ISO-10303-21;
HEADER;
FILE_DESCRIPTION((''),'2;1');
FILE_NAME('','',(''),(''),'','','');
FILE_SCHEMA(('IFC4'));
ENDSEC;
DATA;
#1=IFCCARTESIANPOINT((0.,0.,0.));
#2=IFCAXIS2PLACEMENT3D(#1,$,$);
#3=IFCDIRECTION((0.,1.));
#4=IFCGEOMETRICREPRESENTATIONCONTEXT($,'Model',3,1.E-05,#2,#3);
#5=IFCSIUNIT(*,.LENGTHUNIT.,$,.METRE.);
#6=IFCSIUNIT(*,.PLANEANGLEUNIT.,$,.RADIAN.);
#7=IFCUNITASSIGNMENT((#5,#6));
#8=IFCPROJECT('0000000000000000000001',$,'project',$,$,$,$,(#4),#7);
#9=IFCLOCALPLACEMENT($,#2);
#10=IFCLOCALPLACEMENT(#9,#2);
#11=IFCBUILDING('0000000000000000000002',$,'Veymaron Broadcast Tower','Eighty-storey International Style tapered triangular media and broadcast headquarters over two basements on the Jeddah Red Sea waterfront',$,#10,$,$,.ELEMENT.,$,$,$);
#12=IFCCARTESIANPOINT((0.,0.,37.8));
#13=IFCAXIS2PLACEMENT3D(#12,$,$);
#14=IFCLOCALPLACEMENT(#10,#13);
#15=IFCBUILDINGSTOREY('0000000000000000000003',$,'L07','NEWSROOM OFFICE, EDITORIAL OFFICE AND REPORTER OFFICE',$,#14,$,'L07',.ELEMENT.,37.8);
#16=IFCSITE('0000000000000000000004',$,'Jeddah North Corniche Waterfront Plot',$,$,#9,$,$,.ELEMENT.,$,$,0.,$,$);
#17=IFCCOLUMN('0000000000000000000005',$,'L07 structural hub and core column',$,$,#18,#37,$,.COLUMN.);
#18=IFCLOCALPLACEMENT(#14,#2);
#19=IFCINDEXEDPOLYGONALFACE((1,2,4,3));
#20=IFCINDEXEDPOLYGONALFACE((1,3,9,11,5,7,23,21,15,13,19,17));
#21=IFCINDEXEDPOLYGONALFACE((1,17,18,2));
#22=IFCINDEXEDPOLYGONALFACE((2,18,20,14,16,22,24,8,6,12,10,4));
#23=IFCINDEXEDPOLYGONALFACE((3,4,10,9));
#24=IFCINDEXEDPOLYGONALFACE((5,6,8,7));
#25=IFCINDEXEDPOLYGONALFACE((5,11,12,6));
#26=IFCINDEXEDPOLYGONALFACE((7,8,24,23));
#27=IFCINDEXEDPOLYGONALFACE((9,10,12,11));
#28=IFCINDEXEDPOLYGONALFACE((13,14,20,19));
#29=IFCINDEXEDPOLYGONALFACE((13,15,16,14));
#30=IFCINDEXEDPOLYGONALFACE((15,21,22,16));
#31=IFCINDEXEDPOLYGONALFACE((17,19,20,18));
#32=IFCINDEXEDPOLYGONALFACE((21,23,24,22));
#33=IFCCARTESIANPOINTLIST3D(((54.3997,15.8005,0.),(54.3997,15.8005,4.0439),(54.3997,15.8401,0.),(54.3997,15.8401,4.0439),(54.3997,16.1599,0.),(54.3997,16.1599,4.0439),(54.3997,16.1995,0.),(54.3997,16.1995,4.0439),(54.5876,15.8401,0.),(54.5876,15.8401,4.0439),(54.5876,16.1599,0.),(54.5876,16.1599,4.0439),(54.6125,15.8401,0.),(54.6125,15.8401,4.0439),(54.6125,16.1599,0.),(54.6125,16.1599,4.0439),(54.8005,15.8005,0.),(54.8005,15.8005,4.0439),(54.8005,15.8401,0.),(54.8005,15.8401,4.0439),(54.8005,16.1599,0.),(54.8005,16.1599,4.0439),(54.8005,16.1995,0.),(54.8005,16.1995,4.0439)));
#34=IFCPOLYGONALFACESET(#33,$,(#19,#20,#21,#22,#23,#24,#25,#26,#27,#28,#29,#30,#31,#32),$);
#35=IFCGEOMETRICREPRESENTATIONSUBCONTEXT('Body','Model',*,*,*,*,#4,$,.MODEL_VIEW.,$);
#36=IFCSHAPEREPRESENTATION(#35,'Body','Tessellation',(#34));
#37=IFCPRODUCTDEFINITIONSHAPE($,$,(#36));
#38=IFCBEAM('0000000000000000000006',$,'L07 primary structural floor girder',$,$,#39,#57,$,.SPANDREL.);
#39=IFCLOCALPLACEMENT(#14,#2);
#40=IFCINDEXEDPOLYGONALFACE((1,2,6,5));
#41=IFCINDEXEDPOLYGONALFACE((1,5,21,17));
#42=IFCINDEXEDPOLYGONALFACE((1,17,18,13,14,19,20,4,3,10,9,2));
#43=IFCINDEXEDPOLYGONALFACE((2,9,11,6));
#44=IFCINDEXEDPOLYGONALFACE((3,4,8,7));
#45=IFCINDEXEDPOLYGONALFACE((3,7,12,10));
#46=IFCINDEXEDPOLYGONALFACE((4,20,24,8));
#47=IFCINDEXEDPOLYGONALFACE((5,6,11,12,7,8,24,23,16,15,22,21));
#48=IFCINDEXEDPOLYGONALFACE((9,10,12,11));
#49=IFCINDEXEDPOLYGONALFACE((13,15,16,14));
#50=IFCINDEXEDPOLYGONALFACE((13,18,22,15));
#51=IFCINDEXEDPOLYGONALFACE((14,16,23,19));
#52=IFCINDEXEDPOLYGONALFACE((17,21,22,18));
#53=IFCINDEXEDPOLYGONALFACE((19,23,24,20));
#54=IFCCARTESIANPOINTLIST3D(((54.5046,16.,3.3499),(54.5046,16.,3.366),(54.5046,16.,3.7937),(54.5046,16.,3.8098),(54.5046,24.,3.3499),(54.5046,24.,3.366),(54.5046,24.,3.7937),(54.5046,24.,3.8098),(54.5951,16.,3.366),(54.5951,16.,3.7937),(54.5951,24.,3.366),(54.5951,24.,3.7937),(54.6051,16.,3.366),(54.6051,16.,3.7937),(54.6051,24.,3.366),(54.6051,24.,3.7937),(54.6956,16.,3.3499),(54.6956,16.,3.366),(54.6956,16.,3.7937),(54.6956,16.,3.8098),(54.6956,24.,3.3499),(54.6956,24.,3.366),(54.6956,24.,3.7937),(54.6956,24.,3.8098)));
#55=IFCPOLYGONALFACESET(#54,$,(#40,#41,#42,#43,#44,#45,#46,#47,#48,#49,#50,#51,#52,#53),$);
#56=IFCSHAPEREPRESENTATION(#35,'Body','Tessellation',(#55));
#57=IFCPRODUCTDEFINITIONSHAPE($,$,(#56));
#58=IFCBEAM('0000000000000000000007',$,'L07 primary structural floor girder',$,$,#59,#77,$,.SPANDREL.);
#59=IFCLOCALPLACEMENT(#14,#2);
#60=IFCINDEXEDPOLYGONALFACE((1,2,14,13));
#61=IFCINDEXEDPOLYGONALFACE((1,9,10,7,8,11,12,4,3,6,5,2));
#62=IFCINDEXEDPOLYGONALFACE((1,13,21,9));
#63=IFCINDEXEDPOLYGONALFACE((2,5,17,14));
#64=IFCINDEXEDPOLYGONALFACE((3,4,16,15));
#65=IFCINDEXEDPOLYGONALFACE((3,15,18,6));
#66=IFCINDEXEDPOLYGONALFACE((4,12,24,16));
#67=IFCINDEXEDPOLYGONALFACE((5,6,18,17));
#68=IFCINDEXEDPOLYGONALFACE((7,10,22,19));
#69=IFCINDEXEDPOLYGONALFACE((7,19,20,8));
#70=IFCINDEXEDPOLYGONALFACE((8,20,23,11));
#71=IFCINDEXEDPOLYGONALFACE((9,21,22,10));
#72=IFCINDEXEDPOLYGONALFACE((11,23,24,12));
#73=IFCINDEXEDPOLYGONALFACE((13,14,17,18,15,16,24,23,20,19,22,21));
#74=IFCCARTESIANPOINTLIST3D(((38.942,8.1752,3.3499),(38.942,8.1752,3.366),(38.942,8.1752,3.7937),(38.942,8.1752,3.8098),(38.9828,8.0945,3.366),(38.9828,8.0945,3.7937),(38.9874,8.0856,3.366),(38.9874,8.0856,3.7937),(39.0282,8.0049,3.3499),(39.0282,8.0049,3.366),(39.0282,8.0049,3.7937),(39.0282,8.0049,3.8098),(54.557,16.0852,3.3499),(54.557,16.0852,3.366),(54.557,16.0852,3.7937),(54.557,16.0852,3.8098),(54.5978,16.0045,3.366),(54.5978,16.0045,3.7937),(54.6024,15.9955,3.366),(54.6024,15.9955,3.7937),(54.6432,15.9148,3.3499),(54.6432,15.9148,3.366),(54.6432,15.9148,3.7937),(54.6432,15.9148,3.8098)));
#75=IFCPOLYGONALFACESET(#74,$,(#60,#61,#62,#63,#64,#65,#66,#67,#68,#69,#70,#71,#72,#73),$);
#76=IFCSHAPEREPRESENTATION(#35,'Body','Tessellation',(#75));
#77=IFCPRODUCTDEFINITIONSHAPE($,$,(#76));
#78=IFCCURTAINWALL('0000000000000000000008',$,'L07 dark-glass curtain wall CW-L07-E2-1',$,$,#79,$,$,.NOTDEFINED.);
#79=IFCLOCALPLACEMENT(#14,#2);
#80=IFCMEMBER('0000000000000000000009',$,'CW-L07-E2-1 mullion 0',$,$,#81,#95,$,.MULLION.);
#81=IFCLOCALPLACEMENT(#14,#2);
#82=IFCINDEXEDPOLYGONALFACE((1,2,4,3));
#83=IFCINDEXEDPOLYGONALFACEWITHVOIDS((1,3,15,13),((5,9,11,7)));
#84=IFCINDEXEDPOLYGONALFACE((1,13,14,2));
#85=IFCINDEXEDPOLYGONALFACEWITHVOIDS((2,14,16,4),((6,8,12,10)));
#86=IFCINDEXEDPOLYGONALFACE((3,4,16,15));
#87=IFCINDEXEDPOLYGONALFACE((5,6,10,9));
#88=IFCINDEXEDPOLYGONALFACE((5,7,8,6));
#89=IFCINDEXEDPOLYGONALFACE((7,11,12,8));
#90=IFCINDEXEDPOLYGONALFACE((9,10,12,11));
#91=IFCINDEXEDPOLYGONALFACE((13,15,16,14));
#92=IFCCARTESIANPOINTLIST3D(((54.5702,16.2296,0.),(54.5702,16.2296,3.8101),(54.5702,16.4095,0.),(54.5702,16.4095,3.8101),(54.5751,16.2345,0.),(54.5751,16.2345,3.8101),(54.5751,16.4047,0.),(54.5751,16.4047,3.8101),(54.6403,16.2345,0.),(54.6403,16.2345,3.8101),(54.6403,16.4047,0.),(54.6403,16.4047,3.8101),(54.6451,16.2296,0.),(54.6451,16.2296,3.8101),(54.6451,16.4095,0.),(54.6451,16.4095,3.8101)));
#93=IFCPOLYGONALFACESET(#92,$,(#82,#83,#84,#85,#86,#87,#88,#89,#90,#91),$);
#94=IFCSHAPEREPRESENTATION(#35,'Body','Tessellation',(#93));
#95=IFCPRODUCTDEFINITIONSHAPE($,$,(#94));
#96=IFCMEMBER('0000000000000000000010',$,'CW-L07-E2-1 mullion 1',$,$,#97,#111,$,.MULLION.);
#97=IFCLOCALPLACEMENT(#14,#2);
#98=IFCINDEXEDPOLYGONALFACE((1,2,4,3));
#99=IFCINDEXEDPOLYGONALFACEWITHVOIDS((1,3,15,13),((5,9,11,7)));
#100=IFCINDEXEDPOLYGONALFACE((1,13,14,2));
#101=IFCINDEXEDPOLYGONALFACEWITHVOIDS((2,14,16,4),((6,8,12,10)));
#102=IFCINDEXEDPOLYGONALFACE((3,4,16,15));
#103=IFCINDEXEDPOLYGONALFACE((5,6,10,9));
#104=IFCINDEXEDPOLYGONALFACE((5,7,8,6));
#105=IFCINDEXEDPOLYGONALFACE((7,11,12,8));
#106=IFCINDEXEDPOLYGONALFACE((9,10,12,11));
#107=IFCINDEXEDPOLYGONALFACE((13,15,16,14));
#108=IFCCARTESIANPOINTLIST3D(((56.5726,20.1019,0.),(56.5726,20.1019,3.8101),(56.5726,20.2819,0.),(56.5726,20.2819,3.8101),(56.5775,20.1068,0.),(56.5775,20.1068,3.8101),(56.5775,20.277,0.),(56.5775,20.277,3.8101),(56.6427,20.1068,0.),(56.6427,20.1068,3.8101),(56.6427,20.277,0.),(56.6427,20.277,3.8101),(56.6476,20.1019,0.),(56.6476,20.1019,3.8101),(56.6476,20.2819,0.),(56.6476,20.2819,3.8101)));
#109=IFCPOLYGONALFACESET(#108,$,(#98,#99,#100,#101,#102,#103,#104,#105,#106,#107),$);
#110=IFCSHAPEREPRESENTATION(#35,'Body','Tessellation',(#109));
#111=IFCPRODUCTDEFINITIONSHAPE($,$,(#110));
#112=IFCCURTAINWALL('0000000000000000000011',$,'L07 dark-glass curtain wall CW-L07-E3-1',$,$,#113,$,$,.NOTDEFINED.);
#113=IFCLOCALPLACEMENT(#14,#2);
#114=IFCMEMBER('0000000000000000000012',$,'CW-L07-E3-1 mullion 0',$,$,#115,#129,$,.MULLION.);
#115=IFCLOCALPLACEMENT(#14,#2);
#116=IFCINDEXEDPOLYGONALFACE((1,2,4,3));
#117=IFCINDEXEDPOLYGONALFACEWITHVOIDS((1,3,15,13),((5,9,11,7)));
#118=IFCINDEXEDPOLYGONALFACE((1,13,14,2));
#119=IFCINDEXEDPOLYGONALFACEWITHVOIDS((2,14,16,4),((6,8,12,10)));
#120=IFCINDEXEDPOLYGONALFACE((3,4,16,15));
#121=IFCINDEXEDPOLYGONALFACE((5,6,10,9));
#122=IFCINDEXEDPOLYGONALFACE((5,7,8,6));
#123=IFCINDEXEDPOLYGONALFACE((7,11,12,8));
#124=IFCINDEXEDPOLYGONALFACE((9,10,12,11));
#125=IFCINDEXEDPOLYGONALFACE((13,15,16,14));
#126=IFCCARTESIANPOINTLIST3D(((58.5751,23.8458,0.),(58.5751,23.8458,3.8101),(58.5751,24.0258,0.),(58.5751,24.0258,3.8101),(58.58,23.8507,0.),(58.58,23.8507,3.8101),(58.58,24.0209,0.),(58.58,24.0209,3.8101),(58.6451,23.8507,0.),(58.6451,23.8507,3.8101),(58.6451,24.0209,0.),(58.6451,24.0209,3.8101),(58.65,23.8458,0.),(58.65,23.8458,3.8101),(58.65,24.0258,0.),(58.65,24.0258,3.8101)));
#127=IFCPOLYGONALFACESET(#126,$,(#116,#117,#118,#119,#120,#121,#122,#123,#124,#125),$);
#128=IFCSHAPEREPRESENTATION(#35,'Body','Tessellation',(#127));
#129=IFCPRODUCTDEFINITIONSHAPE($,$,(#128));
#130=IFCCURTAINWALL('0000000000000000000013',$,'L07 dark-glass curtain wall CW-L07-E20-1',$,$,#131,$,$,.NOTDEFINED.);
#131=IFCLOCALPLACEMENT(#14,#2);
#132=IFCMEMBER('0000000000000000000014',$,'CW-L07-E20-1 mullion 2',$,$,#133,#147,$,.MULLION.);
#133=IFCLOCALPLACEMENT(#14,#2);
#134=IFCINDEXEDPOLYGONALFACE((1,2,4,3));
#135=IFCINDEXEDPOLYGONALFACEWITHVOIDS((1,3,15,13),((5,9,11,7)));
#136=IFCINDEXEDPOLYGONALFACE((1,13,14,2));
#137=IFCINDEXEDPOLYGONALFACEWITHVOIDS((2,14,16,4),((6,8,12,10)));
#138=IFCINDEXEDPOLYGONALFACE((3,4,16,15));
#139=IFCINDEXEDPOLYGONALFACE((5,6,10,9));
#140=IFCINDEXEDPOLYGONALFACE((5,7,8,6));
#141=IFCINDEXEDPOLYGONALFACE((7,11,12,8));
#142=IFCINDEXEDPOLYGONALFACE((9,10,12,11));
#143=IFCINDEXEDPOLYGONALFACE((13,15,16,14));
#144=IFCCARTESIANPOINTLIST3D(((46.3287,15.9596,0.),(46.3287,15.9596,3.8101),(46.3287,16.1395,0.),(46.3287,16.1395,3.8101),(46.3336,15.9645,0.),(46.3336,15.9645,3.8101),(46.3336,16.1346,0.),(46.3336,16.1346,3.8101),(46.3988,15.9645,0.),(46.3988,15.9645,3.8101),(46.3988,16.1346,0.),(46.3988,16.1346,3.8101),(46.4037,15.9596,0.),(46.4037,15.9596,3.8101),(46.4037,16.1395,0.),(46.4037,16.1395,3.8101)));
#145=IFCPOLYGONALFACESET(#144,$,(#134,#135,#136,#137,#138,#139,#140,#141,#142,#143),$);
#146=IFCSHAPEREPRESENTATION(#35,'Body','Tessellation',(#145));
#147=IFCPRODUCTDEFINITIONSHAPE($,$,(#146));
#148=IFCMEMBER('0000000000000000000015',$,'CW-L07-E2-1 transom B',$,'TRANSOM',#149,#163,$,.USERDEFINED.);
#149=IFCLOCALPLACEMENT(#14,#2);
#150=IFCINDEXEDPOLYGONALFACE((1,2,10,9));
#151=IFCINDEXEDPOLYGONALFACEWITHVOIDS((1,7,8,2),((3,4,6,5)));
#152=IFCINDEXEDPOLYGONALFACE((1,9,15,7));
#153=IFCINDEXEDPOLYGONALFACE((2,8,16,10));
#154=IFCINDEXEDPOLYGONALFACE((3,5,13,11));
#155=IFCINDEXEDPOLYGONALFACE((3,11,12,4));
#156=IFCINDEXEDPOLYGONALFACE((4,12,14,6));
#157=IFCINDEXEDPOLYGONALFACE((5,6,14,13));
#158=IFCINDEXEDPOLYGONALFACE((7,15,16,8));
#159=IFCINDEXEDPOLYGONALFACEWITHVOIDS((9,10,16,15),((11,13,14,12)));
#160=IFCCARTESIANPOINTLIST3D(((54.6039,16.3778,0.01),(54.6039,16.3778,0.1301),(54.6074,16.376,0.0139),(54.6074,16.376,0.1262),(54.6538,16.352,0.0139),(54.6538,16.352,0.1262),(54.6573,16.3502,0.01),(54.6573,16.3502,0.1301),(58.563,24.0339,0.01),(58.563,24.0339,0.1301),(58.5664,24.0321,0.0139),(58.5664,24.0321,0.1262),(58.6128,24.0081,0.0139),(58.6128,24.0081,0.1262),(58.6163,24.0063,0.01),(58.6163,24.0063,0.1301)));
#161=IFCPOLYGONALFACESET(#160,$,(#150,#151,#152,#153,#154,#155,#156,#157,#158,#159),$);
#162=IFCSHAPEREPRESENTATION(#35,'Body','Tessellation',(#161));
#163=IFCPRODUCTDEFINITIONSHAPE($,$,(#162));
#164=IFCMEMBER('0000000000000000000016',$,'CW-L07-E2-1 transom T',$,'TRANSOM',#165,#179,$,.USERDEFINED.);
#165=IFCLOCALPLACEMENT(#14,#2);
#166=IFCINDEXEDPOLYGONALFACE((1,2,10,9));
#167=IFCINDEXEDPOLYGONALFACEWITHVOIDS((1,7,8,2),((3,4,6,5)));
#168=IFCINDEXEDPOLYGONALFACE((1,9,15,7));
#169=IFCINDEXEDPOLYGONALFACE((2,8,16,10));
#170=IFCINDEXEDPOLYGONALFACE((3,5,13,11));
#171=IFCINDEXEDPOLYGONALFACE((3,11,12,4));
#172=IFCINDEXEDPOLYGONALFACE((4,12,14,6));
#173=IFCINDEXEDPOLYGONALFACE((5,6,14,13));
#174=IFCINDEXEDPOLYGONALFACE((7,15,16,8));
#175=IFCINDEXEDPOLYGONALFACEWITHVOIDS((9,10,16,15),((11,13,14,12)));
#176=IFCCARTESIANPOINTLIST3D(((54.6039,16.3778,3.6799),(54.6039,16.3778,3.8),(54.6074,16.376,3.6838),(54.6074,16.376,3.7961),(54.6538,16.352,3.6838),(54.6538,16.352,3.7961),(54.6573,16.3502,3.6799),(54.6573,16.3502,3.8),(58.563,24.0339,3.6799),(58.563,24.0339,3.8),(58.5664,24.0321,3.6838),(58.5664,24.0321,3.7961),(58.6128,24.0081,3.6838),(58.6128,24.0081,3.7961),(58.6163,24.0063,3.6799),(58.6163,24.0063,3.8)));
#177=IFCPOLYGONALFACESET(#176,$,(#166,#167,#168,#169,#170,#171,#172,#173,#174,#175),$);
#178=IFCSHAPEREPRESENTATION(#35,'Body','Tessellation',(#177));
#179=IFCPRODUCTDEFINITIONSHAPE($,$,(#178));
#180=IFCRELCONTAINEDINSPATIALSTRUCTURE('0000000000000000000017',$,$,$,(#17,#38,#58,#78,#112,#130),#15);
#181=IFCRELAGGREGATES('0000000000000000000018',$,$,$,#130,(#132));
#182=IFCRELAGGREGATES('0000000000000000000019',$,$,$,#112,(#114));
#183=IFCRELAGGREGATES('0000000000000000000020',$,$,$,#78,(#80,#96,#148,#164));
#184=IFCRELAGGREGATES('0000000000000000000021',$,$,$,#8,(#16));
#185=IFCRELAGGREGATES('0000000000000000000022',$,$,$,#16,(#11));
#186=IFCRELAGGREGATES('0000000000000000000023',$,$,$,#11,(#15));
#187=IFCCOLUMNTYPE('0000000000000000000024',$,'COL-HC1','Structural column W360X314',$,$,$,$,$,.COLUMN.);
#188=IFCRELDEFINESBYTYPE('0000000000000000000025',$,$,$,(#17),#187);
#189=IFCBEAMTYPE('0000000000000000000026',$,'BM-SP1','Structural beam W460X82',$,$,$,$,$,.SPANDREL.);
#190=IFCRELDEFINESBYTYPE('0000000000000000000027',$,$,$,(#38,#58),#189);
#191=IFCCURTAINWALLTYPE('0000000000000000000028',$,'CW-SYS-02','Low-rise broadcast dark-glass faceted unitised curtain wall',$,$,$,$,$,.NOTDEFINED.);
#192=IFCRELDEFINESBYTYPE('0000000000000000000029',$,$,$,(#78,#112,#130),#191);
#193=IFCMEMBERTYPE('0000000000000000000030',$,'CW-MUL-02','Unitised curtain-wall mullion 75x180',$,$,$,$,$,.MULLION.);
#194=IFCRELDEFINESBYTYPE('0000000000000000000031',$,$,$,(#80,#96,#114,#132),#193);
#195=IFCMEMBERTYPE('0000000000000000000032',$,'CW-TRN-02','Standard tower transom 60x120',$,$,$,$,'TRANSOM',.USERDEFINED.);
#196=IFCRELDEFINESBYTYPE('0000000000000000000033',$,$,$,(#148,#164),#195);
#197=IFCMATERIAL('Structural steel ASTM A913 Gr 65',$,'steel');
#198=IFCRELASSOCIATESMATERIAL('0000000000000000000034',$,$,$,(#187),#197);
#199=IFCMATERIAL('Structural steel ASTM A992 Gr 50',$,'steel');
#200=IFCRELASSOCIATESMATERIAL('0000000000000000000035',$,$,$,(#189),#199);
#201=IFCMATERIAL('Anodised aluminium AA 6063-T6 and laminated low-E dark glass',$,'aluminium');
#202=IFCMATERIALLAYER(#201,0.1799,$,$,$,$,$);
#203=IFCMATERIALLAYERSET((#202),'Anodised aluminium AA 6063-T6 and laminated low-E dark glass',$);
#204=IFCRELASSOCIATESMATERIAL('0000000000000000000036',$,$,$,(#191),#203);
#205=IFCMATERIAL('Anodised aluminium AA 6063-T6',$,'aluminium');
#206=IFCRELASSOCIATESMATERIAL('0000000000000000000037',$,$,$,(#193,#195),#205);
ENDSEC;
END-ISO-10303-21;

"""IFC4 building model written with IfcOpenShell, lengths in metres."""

from ifc_helpers import new_model, si_unit, direction, frame, origin, origin_2d, place, context, subcontext, project, spatial, hollow_rectangle, i_section, extrude, material, layer, layer_set, material_profile, profile_set, type_object, element, aggregate, save


model = new_model("IFC4")

# Units and contexts
model_context = context("Model", 3, precision=1e-05, world=origin(), true_north=direction((0.0, 1.0)))
body_context = subcontext(model_context, "Body", "Model", "MODEL_VIEW")
ifc_project = project(units=[si_unit("LENGTHUNIT", "METRE"), si_unit("PLANEANGLEUNIT", "RADIAN")], contexts=[model_context])

# Site, building, storey
site_placement = place(None, origin())
site = spatial("IfcSite", under=ifc_project, at=site_placement, Name="Jeddah North Corniche Waterfront Plot", CompositionType="ELEMENT", RefElevation=0.0)
building_placement = place(site_placement, origin())
building = spatial("IfcBuilding", under=site, at=building_placement, Name="Veymaron Broadcast Tower", Description="Eighty-storey International Style tapered triangular media and broadcast headquarters over two basements on the Jeddah Red Sea waterfront", CompositionType="ELEMENT")
storey_placement = place(building_placement, frame((0.0, 0.0, 37.8)))
storey = spatial("IfcBuildingStorey", under=building, at=storey_placement, Name="L07", Description="NEWSROOM OFFICE, EDITORIAL OFFICE AND REPORTER OFFICE", LongName="L07", CompositionType="ELEMENT", Elevation=37.8)

# Column
ifc_material_1 = material(Name="Structural steel ASTM A913 Gr 65", Category="steel")
ifc_material_profile_1 = material_profile(ifc_material_1, i_section(OverallWidth=0.4009, OverallDepth=0.3989, WebThickness=0.0249, FlangeThickness=0.0396, at=origin_2d()), Name="W360X314")
ifc_profile_set_1 = profile_set([ifc_material_profile_1], Name="Structural steel ASTM A913 Gr 65")
column_type = type_object("IfcColumnType", Name="COL-HC1", Description="Structural column W360X314", PredefinedType="COLUMN", material=ifc_profile_set_1)
column_placement = place(storey_placement, frame((54.6001, 16.0, 0.0), z_axis=(0.0, 0.0, 1.0), x_axis=(1.0, 0.0, 0.0)))
element("IfcColumn", 1, at=column_placement, inside=storey, type_object=column_type, Name="L07 structural hub and core column", PredefinedType="COLUMN", context=body_context, shape_type="SweptSolid", body=[
    extrude(i_section(OverallWidth=0.4009, OverallDepth=0.3989, WebThickness=0.0249, FlangeThickness=0.0396, at=origin_2d()), origin(), (0.0, 0.0, 1.0), 4.0439),
])

# Beams
ifc_material_2 = material(Name="Structural steel ASTM A992 Gr 50", Category="steel")
ifc_material_profile_2 = material_profile(ifc_material_2, i_section(OverallWidth=0.1909, OverallDepth=0.46, WebThickness=0.01, FlangeThickness=0.0161, at=origin_2d()), Name="W460X82")
ifc_profile_set_2 = profile_set([ifc_material_profile_2], Name="Structural steel ASTM A992 Gr 50")
beam_type = type_object("IfcBeamType", Name="BM-SP1", Description="Structural beam W460X82", PredefinedType="SPANDREL", material=ifc_profile_set_2)
beam_1_placement = place(storey_placement, frame((54.6001, 16.0, 3.5798), z_axis=(0.0, 1.0, 0.0), x_axis=(-1.0, 0.0, 0.0)))
element("IfcBeam", 2, at=beam_1_placement, inside=storey, type_object=beam_type, Name="L07 primary structural floor girder", PredefinedType="SPANDREL", context=body_context, shape_type="SweptSolid", body=[
    extrude(i_section(OverallWidth=0.1909, OverallDepth=0.46, WebThickness=0.01, FlangeThickness=0.0161, at=origin_2d()), origin(), (0.0, 0.0, 1.0), 8.0),
])
beam_2_placement = place(storey_placement, frame((54.6001, 16.0, 3.5798), z_axis=(-0.892075, -0.451888, 0.0), x_axis=(0.451888, -0.892075, 0.0)))
element("IfcBeam", 3, at=beam_2_placement, inside=storey, type_object=beam_type, Name="L07 primary structural floor girder", PredefinedType="SPANDREL", context=body_context, shape_type="SweptSolid", body=[
    extrude(i_section(OverallWidth=0.1909, OverallDepth=0.46, WebThickness=0.01, FlangeThickness=0.0161, at=origin_2d()), origin(), (0.0, 0.0, 1.0), 17.5042),
])

# Curtain wall, members
ifc_material_3 = material(Name="Anodised aluminium AA 6063-T6 and laminated low-E dark glass", Category="aluminium")
ifc_layer_1 = layer(ifc_material_3, 0.1799)
ifc_layer_set_1 = layer_set([ifc_layer_1], Name="Anodised aluminium AA 6063-T6 and laminated low-E dark glass")
curtain_wall_type = type_object("IfcCurtainWallType", Name="CW-SYS-02", Description="Low-rise broadcast dark-glass faceted unitised curtain wall", PredefinedType="NOTDEFINED", material=ifc_layer_set_1)
curtain_wall_1_placement = place(storey_placement, origin())
curtain_wall_1 = element("IfcCurtainWall", 4, at=curtain_wall_1_placement, inside=storey, type_object=curtain_wall_type, Name="L07 dark-glass curtain wall CW-L07-E2-1", PredefinedType="NOTDEFINED")
ifc_material_4 = material(Name="Anodised aluminium AA 6063-T6", Category="aluminium")
ifc_material_profile_3 = material_profile(ifc_material_4, hollow_rectangle(XDim=0.075, YDim=0.1799, WallThickness=0.0049, at=origin_2d()), Name="AL180X75X5")
ifc_profile_set_3 = profile_set([ifc_material_profile_3], Name="Anodised aluminium AA 6063-T6")
member_type_1 = type_object("IfcMemberType", Name="CW-MUL-02", Description="Unitised curtain-wall mullion 75x180", PredefinedType="MULLION", material=ifc_profile_set_3)
member_1_placement = place(storey_placement, frame((54.6077, 16.3196, 0.0), z_axis=(0.0, 0.0, 1.0), x_axis=(1.0, 0.0, 0.0)))
member_1 = element("IfcMember", 5, at=member_1_placement, type_object=member_type_1, Name="CW-L07-E2-1 mullion 0", PredefinedType="MULLION", context=body_context, shape_type="SweptSolid", body=[
    extrude(hollow_rectangle(XDim=0.075, YDim=0.1799, WallThickness=0.0049, at=origin_2d()), origin(), (0.0, 0.0, 1.0), 3.8101),
])
member_2_placement = place(storey_placement, frame((56.6101, 20.1919, 0.0), z_axis=(0.0, 0.0, 1.0), x_axis=(1.0, 0.0, 0.0)))
member_2 = element("IfcMember", 6, at=member_2_placement, type_object=member_type_1, Name="CW-L07-E2-1 mullion 1", PredefinedType="MULLION", context=body_context, shape_type="SweptSolid", body=[
    extrude(hollow_rectangle(XDim=0.075, YDim=0.1799, WallThickness=0.0049, at=origin_2d()), origin(), (0.0, 0.0, 1.0), 3.8101),
])

# Curtain walls, members
curtain_wall_2_placement = place(storey_placement, origin())
curtain_wall_2 = element("IfcCurtainWall", 7, at=curtain_wall_2_placement, inside=storey, type_object=curtain_wall_type, Name="L07 dark-glass curtain wall CW-L07-E3-1", PredefinedType="NOTDEFINED")
member_3_placement = place(storey_placement, frame((58.6125, 23.9358, 0.0), z_axis=(0.0, 0.0, 1.0), x_axis=(1.0, 0.0, 0.0)))
member_3 = element("IfcMember", 8, at=member_3_placement, type_object=member_type_1, Name="CW-L07-E3-1 mullion 0", PredefinedType="MULLION", context=body_context, shape_type="SweptSolid", body=[
    extrude(hollow_rectangle(XDim=0.075, YDim=0.1799, WallThickness=0.0049, at=origin_2d()), origin(), (0.0, 0.0, 1.0), 3.8101),
])
curtain_wall_3_placement = place(storey_placement, origin())
curtain_wall_3 = element("IfcCurtainWall", 9, at=curtain_wall_3_placement, inside=storey, type_object=curtain_wall_type, Name="L07 dark-glass curtain wall CW-L07-E20-1", PredefinedType="NOTDEFINED")
member_4_placement = place(storey_placement, frame((46.3662, 16.0496, 0.0), z_axis=(0.0, 0.0, 1.0), x_axis=(1.0, 0.0, 0.0)))
member_4 = element("IfcMember", 10, at=member_4_placement, type_object=member_type_1, Name="CW-L07-E20-1 mullion 2", PredefinedType="MULLION", context=body_context, shape_type="SweptSolid", body=[
    extrude(hollow_rectangle(XDim=0.075, YDim=0.1799, WallThickness=0.0049, at=origin_2d()), origin(), (0.0, 0.0, 1.0), 3.8101),
])
aggregate(curtain_wall_3, [member_4])

# Members
ifc_material_profile_4 = material_profile(ifc_material_4, hollow_rectangle(XDim=0.0601, YDim=0.1201, WallThickness=0.0039, at=origin_2d()), Name="AL120X60X4")
ifc_profile_set_4 = profile_set([ifc_material_profile_4], Name="Anodised aluminium AA 6063-T6")
member_type_2 = type_object("IfcMemberType", Name="CW-TRN-02", Description="Standard tower transom 60x120", ElementType="TRANSOM", PredefinedType="USERDEFINED", material=ifc_profile_set_4)
member_5_placement = place(storey_placement, frame((54.6306, 16.364, 0.0701), z_axis=(0.45933, 0.888266, 0.0), x_axis=(-0.888266, 0.45933, 0.0)))
member_5 = element("IfcMember", 11, at=member_5_placement, type_object=member_type_2, Name="CW-L07-E2-1 transom B", ObjectType="TRANSOM", PredefinedType="USERDEFINED", context=body_context, shape_type="SweptSolid", body=[
    extrude(hollow_rectangle(XDim=0.0601, YDim=0.1201, WallThickness=0.0039, at=origin_2d()), origin(), (0.0, 0.0, 1.0), 8.6191),
])
member_6_placement = place(storey_placement, frame((54.6306, 16.364, 3.74), z_axis=(0.45933, 0.888266, 0.0), x_axis=(-0.888266, 0.45933, 0.0)))
member_6 = element("IfcMember", 12, at=member_6_placement, type_object=member_type_2, Name="CW-L07-E2-1 transom T", ObjectType="TRANSOM", PredefinedType="USERDEFINED", context=body_context, shape_type="SweptSolid", body=[
    extrude(hollow_rectangle(XDim=0.0601, YDim=0.1201, WallThickness=0.0039, at=origin_2d()), origin(), (0.0, 0.0, 1.0), 8.6191),
])
aggregate(curtain_wall_2, [member_3])

aggregate(curtain_wall_1, [member_1, member_2, member_5, member_6])

save(model, "model.ifc")
